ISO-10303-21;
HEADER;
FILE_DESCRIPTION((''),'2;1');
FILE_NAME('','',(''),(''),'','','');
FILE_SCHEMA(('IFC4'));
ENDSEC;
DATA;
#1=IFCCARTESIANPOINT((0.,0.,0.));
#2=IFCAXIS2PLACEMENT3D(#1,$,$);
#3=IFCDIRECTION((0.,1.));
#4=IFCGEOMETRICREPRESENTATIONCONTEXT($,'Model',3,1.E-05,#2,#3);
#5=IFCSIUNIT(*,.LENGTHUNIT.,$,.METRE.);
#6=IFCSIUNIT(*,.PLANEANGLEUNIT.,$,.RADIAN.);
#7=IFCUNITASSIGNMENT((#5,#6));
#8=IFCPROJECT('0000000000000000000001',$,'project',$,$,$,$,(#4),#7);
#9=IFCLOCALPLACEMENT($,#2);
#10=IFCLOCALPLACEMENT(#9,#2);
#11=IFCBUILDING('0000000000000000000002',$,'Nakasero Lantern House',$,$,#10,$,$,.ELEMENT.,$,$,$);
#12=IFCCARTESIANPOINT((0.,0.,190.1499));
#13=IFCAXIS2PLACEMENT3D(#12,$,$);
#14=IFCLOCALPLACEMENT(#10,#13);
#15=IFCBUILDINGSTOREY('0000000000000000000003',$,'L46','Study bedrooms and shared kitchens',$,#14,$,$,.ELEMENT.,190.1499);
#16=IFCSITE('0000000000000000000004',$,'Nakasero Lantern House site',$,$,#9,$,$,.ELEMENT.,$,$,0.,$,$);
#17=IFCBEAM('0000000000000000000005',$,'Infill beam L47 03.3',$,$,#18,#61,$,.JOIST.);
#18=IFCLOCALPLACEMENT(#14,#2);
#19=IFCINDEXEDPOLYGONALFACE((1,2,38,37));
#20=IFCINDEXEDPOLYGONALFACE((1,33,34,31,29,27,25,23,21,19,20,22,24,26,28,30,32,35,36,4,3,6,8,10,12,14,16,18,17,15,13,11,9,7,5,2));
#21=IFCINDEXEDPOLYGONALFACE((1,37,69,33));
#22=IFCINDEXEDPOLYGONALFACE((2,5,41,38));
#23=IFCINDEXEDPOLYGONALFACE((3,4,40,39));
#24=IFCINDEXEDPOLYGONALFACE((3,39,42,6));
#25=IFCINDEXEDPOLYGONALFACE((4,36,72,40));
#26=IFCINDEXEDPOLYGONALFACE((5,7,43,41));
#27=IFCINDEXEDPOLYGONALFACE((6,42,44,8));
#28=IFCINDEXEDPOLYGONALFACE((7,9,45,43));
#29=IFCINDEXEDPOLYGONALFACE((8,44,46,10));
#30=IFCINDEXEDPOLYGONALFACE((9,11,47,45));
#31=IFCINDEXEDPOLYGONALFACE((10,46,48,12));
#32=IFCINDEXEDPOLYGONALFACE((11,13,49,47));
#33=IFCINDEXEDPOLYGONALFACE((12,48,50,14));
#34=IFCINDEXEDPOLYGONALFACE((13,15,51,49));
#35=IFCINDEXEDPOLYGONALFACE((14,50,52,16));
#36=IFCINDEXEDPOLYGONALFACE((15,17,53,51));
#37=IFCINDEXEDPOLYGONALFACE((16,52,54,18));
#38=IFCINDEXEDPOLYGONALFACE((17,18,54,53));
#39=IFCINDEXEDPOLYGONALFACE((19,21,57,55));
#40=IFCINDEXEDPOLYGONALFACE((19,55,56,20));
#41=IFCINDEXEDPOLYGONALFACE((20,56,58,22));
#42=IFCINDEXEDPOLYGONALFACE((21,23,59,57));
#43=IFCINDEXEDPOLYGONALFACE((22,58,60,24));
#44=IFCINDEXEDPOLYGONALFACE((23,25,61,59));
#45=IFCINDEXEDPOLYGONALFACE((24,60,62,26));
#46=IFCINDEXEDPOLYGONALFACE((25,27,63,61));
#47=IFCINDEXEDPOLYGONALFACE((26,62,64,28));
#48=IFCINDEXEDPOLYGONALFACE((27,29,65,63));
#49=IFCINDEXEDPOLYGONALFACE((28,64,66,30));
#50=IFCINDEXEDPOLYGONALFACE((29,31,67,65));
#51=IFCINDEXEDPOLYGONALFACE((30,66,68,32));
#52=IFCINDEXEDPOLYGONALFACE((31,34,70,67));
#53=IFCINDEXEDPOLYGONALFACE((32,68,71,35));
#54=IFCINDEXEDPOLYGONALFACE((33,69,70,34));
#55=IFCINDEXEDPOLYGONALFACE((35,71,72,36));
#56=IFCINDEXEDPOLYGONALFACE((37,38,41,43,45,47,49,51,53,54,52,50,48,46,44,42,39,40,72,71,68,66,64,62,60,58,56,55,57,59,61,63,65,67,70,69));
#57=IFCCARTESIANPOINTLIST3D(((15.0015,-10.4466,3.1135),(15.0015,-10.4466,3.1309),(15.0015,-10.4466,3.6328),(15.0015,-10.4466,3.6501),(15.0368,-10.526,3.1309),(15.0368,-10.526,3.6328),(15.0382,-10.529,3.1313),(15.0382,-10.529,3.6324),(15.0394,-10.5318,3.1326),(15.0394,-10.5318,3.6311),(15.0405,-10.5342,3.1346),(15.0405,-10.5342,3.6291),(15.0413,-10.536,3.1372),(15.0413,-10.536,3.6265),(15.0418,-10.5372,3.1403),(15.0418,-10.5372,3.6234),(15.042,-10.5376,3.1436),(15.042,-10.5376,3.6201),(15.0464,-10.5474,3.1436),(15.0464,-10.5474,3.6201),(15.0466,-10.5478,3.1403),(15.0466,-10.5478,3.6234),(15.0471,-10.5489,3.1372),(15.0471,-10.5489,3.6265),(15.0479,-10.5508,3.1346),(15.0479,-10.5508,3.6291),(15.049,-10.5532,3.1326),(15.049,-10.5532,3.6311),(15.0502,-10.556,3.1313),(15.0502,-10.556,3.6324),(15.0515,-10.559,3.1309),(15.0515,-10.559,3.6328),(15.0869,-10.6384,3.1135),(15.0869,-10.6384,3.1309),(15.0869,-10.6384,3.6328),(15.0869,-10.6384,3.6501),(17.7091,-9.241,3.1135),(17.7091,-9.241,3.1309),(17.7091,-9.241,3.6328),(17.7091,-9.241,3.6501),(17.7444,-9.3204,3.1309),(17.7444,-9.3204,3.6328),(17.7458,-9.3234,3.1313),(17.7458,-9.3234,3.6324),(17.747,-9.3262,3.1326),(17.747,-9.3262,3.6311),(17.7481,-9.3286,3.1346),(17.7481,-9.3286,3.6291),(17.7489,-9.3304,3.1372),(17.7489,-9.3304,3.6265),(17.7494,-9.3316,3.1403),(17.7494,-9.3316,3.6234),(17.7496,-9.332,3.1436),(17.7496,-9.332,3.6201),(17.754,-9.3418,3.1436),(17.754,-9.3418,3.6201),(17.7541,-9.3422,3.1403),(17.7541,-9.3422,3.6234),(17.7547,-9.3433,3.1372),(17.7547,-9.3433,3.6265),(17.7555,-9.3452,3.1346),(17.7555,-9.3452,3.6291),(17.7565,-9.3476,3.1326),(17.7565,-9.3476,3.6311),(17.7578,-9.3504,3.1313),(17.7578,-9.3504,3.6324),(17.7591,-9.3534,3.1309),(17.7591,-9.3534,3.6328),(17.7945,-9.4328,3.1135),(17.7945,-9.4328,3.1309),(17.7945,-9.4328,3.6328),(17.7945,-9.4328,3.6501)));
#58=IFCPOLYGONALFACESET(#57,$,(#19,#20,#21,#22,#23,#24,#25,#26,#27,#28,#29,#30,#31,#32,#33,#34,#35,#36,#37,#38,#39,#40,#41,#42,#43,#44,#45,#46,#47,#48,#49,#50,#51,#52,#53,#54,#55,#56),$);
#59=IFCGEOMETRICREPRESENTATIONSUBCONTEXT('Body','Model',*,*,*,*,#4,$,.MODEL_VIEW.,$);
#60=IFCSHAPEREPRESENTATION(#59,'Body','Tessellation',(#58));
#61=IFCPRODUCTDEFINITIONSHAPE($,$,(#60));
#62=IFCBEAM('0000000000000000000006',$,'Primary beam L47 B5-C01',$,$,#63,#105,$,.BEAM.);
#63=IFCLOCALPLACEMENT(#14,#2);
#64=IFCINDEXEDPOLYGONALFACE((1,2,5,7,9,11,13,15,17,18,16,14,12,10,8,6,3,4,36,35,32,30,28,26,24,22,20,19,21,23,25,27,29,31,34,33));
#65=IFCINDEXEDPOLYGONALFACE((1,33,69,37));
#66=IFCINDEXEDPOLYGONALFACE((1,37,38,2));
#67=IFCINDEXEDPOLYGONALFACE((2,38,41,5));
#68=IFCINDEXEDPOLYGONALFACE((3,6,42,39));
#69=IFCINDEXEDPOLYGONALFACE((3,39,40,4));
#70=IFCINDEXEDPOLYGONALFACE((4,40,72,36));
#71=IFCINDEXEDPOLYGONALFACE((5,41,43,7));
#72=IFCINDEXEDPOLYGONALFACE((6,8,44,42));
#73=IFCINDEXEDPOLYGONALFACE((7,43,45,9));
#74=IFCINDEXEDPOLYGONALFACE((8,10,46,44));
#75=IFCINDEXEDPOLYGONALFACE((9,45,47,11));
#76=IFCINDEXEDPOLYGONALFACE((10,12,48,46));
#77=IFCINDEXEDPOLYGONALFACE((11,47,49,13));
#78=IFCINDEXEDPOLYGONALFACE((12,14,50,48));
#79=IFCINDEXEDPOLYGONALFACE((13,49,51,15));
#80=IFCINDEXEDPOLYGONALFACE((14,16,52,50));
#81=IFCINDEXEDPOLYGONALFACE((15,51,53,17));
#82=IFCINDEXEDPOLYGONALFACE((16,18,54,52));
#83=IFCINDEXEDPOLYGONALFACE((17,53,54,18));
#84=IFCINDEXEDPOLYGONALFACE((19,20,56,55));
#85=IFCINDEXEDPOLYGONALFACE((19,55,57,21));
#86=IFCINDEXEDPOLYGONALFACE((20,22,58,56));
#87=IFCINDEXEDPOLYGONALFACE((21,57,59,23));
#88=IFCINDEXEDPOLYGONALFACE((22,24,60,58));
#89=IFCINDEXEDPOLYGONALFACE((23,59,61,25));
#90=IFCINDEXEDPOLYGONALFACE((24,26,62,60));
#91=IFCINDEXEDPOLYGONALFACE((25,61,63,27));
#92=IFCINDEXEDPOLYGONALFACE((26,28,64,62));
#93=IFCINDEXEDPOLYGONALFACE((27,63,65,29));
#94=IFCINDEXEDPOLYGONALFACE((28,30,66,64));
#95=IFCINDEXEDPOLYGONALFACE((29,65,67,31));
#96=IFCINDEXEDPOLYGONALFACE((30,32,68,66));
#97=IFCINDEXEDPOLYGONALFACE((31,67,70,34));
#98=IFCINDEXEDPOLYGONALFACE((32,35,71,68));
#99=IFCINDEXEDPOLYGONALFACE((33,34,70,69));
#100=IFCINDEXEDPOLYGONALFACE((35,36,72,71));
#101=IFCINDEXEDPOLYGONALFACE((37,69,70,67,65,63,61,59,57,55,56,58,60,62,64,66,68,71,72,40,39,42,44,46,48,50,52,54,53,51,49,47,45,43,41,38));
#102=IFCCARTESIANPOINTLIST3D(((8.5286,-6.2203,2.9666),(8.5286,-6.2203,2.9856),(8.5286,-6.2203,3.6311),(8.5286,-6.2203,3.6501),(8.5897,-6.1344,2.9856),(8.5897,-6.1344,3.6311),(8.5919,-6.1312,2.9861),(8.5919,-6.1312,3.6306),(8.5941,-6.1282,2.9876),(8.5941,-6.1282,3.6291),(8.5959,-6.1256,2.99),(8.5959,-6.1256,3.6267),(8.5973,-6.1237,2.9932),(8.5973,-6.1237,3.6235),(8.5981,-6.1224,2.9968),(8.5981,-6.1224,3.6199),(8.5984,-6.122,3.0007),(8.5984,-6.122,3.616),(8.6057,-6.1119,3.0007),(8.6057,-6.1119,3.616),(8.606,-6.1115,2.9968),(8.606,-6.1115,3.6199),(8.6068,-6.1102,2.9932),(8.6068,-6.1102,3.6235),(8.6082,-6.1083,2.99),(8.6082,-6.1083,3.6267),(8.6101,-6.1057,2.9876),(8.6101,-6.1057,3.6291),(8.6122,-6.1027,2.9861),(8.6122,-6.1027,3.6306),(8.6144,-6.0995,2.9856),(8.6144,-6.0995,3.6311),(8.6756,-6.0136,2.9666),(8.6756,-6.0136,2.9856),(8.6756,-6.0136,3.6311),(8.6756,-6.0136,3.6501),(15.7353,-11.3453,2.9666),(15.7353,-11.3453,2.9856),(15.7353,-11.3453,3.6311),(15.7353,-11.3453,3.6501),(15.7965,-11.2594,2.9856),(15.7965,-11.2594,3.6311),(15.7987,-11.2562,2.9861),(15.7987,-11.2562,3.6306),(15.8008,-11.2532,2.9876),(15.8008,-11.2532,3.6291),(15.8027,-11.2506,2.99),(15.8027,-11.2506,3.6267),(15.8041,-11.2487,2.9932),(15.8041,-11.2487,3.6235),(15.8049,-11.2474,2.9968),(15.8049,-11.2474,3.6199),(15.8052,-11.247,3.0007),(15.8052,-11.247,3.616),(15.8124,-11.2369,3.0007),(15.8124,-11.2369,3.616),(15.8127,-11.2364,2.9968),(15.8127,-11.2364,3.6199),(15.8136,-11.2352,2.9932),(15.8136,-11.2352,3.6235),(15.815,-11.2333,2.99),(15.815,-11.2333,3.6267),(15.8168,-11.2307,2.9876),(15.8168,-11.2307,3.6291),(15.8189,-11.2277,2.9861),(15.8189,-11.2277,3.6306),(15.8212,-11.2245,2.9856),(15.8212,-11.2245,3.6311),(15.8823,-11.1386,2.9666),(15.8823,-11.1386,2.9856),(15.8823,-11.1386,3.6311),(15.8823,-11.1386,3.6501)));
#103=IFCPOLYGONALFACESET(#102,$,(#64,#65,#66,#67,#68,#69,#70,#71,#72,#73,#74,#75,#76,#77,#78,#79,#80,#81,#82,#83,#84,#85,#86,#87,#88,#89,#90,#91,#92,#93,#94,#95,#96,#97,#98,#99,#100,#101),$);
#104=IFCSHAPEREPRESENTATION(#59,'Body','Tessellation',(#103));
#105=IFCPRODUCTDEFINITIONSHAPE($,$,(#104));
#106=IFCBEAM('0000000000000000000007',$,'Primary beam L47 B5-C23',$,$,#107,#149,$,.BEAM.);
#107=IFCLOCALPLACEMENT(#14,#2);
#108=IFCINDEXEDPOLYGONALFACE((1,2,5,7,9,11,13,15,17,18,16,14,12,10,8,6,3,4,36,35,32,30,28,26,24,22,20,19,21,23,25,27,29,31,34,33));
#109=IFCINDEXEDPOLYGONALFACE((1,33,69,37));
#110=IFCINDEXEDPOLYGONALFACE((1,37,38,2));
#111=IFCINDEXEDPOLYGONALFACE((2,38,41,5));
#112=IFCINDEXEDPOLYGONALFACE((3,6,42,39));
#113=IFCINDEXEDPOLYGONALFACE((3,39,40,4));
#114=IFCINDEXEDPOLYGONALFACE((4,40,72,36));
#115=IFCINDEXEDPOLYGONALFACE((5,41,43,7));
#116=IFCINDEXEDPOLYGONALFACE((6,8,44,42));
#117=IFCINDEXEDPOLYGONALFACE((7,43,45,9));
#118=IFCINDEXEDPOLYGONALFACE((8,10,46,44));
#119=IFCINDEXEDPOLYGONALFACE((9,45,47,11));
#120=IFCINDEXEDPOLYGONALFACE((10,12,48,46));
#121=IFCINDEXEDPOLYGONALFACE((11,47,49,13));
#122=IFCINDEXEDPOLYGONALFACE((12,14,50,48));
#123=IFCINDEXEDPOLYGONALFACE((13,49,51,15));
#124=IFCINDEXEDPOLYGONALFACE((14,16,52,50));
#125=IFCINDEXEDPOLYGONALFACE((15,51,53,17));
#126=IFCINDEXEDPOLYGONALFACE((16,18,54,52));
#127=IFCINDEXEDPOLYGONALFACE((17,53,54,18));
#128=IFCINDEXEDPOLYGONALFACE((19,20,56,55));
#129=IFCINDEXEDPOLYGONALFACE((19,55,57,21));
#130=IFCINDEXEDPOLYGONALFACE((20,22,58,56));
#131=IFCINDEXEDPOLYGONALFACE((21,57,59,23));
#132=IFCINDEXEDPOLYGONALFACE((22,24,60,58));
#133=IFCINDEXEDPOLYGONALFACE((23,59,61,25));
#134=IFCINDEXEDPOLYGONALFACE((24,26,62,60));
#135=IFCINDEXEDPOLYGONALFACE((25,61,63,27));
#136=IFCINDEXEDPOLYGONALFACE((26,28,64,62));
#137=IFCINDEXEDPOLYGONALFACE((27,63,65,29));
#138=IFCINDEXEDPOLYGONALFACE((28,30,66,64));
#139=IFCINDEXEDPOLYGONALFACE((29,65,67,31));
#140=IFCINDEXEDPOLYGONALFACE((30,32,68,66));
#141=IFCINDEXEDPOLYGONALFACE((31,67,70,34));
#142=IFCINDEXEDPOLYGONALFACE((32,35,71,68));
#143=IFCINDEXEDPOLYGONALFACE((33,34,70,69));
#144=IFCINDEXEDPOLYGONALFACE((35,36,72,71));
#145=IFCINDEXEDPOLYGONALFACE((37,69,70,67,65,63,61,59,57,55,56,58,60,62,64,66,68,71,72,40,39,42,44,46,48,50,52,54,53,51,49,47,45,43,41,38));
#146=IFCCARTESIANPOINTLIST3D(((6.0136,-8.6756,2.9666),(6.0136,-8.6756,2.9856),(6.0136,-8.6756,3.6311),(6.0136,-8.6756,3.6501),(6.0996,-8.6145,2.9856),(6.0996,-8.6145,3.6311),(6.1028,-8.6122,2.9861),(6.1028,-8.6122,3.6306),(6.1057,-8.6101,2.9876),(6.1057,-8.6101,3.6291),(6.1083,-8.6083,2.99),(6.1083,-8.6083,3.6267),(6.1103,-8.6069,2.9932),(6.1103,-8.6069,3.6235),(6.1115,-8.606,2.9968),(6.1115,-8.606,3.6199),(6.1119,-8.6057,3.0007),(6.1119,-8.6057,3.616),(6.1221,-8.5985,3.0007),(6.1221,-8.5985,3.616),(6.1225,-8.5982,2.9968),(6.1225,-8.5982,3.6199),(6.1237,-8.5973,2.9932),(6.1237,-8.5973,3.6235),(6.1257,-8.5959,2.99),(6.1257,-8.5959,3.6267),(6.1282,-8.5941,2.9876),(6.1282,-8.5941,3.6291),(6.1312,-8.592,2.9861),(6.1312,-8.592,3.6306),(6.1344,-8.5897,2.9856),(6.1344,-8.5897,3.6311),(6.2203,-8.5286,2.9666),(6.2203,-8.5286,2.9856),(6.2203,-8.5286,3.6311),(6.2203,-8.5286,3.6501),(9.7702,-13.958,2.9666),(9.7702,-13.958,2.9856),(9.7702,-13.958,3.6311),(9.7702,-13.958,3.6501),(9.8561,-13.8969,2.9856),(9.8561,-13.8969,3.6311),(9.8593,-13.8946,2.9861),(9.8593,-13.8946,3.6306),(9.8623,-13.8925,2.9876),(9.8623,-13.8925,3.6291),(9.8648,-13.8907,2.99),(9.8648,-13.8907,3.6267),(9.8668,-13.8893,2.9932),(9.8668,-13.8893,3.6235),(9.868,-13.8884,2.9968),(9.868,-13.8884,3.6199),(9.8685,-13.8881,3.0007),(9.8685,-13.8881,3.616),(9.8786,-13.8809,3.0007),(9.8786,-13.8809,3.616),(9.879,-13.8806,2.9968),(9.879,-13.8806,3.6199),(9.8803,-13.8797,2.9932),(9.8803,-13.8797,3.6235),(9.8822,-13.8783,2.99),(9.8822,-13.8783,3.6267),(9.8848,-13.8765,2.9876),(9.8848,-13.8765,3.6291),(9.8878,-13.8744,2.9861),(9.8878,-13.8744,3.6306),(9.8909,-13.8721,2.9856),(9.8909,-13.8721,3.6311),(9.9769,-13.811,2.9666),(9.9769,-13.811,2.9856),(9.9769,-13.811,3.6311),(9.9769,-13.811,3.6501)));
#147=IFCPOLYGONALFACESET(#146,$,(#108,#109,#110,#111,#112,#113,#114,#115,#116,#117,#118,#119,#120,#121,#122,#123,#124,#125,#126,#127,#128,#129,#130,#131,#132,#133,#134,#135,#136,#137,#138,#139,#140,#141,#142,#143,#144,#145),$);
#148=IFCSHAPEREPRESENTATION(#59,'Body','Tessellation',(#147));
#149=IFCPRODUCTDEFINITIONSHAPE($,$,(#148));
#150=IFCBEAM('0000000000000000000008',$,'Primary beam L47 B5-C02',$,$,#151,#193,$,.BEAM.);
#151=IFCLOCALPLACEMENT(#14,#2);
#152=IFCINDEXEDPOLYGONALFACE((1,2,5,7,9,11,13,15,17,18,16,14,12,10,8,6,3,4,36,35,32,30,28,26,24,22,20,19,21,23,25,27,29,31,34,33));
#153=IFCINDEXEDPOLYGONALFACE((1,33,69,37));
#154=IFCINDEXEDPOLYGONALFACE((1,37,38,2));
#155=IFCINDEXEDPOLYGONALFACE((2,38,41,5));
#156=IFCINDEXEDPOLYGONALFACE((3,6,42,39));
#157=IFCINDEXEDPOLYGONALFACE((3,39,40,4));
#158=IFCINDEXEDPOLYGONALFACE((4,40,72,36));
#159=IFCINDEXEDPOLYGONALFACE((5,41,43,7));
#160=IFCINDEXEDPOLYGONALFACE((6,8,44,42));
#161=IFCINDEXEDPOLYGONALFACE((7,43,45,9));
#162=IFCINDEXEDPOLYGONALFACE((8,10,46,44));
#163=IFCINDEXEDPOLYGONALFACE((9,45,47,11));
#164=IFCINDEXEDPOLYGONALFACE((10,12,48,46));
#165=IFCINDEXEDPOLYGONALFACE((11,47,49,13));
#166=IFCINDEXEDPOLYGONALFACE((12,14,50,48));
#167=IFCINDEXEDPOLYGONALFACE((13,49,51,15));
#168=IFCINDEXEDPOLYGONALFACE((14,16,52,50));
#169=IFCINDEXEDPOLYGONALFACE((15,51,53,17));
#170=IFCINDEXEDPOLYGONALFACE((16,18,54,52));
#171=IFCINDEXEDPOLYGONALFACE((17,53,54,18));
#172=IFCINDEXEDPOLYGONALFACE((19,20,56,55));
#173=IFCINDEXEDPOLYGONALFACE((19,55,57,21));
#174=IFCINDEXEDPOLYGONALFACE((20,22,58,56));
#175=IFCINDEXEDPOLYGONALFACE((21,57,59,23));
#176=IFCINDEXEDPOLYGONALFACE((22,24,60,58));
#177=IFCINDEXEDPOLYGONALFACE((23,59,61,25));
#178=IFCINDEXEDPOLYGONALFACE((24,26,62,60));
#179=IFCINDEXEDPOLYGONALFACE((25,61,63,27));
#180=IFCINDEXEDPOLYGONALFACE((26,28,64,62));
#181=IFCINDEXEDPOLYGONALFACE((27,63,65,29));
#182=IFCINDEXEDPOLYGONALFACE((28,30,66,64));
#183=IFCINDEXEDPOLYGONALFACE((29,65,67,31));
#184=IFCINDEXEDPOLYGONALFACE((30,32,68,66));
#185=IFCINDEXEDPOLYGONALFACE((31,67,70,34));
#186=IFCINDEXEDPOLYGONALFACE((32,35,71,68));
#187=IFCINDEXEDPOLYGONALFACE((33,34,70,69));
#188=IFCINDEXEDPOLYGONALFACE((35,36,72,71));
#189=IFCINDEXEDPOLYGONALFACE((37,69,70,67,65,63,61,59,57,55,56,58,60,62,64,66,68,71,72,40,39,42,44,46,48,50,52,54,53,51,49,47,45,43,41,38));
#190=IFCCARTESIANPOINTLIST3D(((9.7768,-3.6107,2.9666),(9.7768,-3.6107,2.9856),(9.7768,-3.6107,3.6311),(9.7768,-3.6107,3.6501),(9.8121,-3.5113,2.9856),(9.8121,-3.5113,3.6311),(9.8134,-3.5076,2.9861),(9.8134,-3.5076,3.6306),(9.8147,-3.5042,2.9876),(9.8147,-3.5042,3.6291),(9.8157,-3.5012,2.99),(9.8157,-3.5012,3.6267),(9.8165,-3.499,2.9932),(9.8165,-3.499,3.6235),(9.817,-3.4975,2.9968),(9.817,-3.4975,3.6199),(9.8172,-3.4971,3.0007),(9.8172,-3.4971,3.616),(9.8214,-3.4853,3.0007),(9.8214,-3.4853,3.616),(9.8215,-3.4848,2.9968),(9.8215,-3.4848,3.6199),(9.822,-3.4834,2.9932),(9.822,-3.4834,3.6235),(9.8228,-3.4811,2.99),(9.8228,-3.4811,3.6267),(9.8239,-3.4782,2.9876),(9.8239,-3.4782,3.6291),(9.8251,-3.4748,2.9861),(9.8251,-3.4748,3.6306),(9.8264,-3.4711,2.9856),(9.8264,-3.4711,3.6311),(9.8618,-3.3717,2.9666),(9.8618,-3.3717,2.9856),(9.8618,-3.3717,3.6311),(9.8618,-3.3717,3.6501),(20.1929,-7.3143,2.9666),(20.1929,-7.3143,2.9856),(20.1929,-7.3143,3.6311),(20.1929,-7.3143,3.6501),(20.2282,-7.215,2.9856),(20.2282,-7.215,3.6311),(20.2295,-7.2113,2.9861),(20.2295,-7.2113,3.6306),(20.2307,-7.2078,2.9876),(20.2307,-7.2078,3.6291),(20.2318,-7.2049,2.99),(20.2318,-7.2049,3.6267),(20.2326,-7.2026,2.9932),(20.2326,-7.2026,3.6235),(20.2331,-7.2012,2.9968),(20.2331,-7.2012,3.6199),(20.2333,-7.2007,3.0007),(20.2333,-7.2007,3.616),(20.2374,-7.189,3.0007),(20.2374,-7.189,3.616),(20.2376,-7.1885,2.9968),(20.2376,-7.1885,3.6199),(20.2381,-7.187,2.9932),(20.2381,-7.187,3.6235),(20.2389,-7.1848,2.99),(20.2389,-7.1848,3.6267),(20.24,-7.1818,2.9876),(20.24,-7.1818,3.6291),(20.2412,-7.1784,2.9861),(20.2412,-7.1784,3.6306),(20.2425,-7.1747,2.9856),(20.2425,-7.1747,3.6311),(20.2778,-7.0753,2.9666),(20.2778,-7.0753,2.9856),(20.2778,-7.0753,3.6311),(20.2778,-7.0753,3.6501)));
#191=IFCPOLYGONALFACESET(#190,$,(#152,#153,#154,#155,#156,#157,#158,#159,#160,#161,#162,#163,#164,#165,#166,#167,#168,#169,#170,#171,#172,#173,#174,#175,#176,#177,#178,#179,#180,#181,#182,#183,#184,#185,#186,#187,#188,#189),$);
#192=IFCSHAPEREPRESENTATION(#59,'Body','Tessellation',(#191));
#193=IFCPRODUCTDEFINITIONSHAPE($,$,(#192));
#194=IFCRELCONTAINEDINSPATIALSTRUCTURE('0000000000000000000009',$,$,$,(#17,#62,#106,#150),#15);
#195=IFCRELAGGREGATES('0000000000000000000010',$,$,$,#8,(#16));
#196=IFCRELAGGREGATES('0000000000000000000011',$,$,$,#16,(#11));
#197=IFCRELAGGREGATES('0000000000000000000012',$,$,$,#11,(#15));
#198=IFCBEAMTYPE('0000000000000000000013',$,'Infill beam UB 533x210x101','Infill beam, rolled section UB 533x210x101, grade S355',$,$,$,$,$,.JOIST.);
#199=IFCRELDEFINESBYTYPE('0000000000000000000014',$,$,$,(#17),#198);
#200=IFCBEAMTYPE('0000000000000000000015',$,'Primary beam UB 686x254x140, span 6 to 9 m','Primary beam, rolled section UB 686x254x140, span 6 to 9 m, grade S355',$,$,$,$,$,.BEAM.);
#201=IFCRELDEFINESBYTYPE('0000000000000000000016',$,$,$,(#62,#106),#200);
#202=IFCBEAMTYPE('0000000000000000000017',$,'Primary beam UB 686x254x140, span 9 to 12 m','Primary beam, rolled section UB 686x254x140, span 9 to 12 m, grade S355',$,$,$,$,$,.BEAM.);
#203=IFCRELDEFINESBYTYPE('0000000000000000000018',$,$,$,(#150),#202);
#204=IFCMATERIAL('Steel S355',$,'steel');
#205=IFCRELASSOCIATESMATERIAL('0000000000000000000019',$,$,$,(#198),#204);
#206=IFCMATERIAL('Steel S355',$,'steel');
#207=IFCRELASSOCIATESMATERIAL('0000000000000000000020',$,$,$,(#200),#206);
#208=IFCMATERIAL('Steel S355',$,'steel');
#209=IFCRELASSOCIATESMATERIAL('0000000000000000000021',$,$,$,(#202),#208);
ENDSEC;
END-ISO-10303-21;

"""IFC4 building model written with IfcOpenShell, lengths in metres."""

from ifc_helpers import new_model, si_unit, direction, frame, origin, origin_2d, place, context, subcontext, project, spatial, i_section, extrude, material, material_profile, profile_set, type_object, element, save


model = new_model("IFC4")

# Units and contexts
model_context = context("Model", 3, precision=1e-05, world=origin(), true_north=direction((0.0, 1.0)))
body_context = subcontext(model_context, "Body", "Model", "MODEL_VIEW")
ifc_project = project(units=[si_unit("LENGTHUNIT", "METRE"), si_unit("PLANEANGLEUNIT", "RADIAN")], contexts=[model_context])

# Site, building, storey
site_placement = place(None, origin())
site = spatial("IfcSite", under=ifc_project, at=site_placement, Name="Nakasero Lantern House site", CompositionType="ELEMENT", RefElevation=0.0)
building_placement = place(site_placement, origin())
building = spatial("IfcBuilding", under=site, at=building_placement, Name="Nakasero Lantern House", CompositionType="ELEMENT")
storey_placement = place(building_placement, frame((0.0, 0.0, 190.1499)))
storey = spatial("IfcBuildingStorey", under=building, at=storey_placement, Name="L46", Description="Study bedrooms and shared kitchens", CompositionType="ELEMENT", Elevation=190.1499)

# Beams
ifc_material_1 = material(Name="Steel S355", Category="steel")
ifc_material_profile_1 = material_profile(ifc_material_1, i_section(OverallWidth=0.21, OverallDepth=0.5366, WebThickness=0.0107, FlangeThickness=0.0173, FilletRadius=0.0127, at=origin_2d()), Name="UB 533x210x101")
ifc_profile_set_1 = profile_set([ifc_material_profile_1], Name="Steel S355")
beam_type_1 = type_object("IfcBeamType", Name="Infill beam UB 533x210x101", Description="Infill beam, rolled section UB 533x210x101, grade S355", PredefinedType="JOIST", material=ifc_profile_set_1)
beam_1_placement = place(storey_placement, frame((15.0442, -10.5425, 3.3818), z_axis=(0.913533, 0.406765, 0.0), x_axis=(-0.406765, 0.913533, 0.0)))
element("IfcBeam", 1, at=beam_1_placement, inside=storey, type_object=beam_type_1, Name="Infill beam L47 03.3", PredefinedType="JOIST", context=body_context, shape_type="SweptSolid", body=[
    extrude(i_section(OverallWidth=0.21, OverallDepth=0.5366, WebThickness=0.0107, FlangeThickness=0.0173, FilletRadius=0.0127, at=origin_2d()), origin(), (0.0, 0.0, 1.0), 2.9639),
])
ifc_material_2 = material(Name="Steel S355", Category="steel")
ifc_material_profile_2 = material_profile(ifc_material_2, i_section(OverallWidth=0.2537, OverallDepth=0.6836, WebThickness=0.0125, FlangeThickness=0.019, FilletRadius=0.0151, at=origin_2d()), Name="UB 686x254x140")
ifc_profile_set_2 = profile_set([ifc_material_profile_2], Name="Steel S355")
beam_type_2 = type_object("IfcBeamType", Name="Primary beam UB 686x254x140, span 6 to 9 m", Description="Primary beam, rolled section UB 686x254x140, span 6 to 9 m, grade S355", PredefinedType="BEAM", material=ifc_profile_set_2)
beam_2_placement = place(storey_placement, frame((15.8088, -11.2419, 3.3083), z_axis=(-0.814946, 0.579537, 0.0), x_axis=(-0.579537, -0.814946, 0.0)))
element("IfcBeam", 2, at=beam_2_placement, inside=storey, type_object=beam_type_2, Name="Primary beam L47 B5-C01", PredefinedType="BEAM", context=body_context, shape_type="SweptSolid", body=[
    extrude(i_section(OverallWidth=0.2537, OverallDepth=0.6836, WebThickness=0.0125, FlangeThickness=0.019, FilletRadius=0.0151, at=origin_2d()), origin(), (0.0, 0.0, 1.0), 8.8433),
])
beam_3_placement = place(storey_placement, frame((9.8735, -13.8845, 3.3083), z_axis=(-0.579541, 0.814943, 0.0), x_axis=(-0.814943, -0.579541, 0.0)))
element("IfcBeam", 3, at=beam_3_placement, inside=storey, type_object=beam_type_2, Name="Primary beam L47 B5-C23", PredefinedType="BEAM", context=body_context, shape_type="SweptSolid", body=[
    extrude(i_section(OverallWidth=0.2537, OverallDepth=0.6836, WebThickness=0.0125, FlangeThickness=0.019, FilletRadius=0.0151, at=origin_2d()), origin(), (0.0, 0.0, 1.0), 6.4819),
])
ifc_material_3 = material(Name="Steel S355", Category="steel")
ifc_material_profile_3 = material_profile(ifc_material_3, i_section(OverallWidth=0.2537, OverallDepth=0.6836, WebThickness=0.0125, FlangeThickness=0.019, FilletRadius=0.0151, at=origin_2d()), Name="UB 686x254x140")
ifc_profile_set_3 = profile_set([ifc_material_profile_3], Name="Steel S355")
beam_type_3 = type_object("IfcBeamType", Name="Primary beam UB 686x254x140, span 9 to 12 m", Description="Primary beam, rolled section UB 686x254x140, span 9 to 12 m, grade S355", PredefinedType="BEAM", material=ifc_profile_set_3)
beam_4_placement = place(storey_placement, frame((20.2354, -7.1948, 3.3083), z_axis=(-0.942211, 0.335021, 0.0), x_axis=(-0.335021, -0.942211, 0.0)))
element("IfcBeam", 4, at=beam_4_placement, inside=storey, type_object=beam_type_3, Name="Primary beam L47 B5-C02", PredefinedType="BEAM", context=body_context, shape_type="SweptSolid", body=[
    extrude(i_section(OverallWidth=0.2537, OverallDepth=0.6836, WebThickness=0.0125, FlangeThickness=0.019, FilletRadius=0.0151, at=origin_2d()), origin(), (0.0, 0.0, 1.0), 11.0549),
])

save(model, "model.ifc")
